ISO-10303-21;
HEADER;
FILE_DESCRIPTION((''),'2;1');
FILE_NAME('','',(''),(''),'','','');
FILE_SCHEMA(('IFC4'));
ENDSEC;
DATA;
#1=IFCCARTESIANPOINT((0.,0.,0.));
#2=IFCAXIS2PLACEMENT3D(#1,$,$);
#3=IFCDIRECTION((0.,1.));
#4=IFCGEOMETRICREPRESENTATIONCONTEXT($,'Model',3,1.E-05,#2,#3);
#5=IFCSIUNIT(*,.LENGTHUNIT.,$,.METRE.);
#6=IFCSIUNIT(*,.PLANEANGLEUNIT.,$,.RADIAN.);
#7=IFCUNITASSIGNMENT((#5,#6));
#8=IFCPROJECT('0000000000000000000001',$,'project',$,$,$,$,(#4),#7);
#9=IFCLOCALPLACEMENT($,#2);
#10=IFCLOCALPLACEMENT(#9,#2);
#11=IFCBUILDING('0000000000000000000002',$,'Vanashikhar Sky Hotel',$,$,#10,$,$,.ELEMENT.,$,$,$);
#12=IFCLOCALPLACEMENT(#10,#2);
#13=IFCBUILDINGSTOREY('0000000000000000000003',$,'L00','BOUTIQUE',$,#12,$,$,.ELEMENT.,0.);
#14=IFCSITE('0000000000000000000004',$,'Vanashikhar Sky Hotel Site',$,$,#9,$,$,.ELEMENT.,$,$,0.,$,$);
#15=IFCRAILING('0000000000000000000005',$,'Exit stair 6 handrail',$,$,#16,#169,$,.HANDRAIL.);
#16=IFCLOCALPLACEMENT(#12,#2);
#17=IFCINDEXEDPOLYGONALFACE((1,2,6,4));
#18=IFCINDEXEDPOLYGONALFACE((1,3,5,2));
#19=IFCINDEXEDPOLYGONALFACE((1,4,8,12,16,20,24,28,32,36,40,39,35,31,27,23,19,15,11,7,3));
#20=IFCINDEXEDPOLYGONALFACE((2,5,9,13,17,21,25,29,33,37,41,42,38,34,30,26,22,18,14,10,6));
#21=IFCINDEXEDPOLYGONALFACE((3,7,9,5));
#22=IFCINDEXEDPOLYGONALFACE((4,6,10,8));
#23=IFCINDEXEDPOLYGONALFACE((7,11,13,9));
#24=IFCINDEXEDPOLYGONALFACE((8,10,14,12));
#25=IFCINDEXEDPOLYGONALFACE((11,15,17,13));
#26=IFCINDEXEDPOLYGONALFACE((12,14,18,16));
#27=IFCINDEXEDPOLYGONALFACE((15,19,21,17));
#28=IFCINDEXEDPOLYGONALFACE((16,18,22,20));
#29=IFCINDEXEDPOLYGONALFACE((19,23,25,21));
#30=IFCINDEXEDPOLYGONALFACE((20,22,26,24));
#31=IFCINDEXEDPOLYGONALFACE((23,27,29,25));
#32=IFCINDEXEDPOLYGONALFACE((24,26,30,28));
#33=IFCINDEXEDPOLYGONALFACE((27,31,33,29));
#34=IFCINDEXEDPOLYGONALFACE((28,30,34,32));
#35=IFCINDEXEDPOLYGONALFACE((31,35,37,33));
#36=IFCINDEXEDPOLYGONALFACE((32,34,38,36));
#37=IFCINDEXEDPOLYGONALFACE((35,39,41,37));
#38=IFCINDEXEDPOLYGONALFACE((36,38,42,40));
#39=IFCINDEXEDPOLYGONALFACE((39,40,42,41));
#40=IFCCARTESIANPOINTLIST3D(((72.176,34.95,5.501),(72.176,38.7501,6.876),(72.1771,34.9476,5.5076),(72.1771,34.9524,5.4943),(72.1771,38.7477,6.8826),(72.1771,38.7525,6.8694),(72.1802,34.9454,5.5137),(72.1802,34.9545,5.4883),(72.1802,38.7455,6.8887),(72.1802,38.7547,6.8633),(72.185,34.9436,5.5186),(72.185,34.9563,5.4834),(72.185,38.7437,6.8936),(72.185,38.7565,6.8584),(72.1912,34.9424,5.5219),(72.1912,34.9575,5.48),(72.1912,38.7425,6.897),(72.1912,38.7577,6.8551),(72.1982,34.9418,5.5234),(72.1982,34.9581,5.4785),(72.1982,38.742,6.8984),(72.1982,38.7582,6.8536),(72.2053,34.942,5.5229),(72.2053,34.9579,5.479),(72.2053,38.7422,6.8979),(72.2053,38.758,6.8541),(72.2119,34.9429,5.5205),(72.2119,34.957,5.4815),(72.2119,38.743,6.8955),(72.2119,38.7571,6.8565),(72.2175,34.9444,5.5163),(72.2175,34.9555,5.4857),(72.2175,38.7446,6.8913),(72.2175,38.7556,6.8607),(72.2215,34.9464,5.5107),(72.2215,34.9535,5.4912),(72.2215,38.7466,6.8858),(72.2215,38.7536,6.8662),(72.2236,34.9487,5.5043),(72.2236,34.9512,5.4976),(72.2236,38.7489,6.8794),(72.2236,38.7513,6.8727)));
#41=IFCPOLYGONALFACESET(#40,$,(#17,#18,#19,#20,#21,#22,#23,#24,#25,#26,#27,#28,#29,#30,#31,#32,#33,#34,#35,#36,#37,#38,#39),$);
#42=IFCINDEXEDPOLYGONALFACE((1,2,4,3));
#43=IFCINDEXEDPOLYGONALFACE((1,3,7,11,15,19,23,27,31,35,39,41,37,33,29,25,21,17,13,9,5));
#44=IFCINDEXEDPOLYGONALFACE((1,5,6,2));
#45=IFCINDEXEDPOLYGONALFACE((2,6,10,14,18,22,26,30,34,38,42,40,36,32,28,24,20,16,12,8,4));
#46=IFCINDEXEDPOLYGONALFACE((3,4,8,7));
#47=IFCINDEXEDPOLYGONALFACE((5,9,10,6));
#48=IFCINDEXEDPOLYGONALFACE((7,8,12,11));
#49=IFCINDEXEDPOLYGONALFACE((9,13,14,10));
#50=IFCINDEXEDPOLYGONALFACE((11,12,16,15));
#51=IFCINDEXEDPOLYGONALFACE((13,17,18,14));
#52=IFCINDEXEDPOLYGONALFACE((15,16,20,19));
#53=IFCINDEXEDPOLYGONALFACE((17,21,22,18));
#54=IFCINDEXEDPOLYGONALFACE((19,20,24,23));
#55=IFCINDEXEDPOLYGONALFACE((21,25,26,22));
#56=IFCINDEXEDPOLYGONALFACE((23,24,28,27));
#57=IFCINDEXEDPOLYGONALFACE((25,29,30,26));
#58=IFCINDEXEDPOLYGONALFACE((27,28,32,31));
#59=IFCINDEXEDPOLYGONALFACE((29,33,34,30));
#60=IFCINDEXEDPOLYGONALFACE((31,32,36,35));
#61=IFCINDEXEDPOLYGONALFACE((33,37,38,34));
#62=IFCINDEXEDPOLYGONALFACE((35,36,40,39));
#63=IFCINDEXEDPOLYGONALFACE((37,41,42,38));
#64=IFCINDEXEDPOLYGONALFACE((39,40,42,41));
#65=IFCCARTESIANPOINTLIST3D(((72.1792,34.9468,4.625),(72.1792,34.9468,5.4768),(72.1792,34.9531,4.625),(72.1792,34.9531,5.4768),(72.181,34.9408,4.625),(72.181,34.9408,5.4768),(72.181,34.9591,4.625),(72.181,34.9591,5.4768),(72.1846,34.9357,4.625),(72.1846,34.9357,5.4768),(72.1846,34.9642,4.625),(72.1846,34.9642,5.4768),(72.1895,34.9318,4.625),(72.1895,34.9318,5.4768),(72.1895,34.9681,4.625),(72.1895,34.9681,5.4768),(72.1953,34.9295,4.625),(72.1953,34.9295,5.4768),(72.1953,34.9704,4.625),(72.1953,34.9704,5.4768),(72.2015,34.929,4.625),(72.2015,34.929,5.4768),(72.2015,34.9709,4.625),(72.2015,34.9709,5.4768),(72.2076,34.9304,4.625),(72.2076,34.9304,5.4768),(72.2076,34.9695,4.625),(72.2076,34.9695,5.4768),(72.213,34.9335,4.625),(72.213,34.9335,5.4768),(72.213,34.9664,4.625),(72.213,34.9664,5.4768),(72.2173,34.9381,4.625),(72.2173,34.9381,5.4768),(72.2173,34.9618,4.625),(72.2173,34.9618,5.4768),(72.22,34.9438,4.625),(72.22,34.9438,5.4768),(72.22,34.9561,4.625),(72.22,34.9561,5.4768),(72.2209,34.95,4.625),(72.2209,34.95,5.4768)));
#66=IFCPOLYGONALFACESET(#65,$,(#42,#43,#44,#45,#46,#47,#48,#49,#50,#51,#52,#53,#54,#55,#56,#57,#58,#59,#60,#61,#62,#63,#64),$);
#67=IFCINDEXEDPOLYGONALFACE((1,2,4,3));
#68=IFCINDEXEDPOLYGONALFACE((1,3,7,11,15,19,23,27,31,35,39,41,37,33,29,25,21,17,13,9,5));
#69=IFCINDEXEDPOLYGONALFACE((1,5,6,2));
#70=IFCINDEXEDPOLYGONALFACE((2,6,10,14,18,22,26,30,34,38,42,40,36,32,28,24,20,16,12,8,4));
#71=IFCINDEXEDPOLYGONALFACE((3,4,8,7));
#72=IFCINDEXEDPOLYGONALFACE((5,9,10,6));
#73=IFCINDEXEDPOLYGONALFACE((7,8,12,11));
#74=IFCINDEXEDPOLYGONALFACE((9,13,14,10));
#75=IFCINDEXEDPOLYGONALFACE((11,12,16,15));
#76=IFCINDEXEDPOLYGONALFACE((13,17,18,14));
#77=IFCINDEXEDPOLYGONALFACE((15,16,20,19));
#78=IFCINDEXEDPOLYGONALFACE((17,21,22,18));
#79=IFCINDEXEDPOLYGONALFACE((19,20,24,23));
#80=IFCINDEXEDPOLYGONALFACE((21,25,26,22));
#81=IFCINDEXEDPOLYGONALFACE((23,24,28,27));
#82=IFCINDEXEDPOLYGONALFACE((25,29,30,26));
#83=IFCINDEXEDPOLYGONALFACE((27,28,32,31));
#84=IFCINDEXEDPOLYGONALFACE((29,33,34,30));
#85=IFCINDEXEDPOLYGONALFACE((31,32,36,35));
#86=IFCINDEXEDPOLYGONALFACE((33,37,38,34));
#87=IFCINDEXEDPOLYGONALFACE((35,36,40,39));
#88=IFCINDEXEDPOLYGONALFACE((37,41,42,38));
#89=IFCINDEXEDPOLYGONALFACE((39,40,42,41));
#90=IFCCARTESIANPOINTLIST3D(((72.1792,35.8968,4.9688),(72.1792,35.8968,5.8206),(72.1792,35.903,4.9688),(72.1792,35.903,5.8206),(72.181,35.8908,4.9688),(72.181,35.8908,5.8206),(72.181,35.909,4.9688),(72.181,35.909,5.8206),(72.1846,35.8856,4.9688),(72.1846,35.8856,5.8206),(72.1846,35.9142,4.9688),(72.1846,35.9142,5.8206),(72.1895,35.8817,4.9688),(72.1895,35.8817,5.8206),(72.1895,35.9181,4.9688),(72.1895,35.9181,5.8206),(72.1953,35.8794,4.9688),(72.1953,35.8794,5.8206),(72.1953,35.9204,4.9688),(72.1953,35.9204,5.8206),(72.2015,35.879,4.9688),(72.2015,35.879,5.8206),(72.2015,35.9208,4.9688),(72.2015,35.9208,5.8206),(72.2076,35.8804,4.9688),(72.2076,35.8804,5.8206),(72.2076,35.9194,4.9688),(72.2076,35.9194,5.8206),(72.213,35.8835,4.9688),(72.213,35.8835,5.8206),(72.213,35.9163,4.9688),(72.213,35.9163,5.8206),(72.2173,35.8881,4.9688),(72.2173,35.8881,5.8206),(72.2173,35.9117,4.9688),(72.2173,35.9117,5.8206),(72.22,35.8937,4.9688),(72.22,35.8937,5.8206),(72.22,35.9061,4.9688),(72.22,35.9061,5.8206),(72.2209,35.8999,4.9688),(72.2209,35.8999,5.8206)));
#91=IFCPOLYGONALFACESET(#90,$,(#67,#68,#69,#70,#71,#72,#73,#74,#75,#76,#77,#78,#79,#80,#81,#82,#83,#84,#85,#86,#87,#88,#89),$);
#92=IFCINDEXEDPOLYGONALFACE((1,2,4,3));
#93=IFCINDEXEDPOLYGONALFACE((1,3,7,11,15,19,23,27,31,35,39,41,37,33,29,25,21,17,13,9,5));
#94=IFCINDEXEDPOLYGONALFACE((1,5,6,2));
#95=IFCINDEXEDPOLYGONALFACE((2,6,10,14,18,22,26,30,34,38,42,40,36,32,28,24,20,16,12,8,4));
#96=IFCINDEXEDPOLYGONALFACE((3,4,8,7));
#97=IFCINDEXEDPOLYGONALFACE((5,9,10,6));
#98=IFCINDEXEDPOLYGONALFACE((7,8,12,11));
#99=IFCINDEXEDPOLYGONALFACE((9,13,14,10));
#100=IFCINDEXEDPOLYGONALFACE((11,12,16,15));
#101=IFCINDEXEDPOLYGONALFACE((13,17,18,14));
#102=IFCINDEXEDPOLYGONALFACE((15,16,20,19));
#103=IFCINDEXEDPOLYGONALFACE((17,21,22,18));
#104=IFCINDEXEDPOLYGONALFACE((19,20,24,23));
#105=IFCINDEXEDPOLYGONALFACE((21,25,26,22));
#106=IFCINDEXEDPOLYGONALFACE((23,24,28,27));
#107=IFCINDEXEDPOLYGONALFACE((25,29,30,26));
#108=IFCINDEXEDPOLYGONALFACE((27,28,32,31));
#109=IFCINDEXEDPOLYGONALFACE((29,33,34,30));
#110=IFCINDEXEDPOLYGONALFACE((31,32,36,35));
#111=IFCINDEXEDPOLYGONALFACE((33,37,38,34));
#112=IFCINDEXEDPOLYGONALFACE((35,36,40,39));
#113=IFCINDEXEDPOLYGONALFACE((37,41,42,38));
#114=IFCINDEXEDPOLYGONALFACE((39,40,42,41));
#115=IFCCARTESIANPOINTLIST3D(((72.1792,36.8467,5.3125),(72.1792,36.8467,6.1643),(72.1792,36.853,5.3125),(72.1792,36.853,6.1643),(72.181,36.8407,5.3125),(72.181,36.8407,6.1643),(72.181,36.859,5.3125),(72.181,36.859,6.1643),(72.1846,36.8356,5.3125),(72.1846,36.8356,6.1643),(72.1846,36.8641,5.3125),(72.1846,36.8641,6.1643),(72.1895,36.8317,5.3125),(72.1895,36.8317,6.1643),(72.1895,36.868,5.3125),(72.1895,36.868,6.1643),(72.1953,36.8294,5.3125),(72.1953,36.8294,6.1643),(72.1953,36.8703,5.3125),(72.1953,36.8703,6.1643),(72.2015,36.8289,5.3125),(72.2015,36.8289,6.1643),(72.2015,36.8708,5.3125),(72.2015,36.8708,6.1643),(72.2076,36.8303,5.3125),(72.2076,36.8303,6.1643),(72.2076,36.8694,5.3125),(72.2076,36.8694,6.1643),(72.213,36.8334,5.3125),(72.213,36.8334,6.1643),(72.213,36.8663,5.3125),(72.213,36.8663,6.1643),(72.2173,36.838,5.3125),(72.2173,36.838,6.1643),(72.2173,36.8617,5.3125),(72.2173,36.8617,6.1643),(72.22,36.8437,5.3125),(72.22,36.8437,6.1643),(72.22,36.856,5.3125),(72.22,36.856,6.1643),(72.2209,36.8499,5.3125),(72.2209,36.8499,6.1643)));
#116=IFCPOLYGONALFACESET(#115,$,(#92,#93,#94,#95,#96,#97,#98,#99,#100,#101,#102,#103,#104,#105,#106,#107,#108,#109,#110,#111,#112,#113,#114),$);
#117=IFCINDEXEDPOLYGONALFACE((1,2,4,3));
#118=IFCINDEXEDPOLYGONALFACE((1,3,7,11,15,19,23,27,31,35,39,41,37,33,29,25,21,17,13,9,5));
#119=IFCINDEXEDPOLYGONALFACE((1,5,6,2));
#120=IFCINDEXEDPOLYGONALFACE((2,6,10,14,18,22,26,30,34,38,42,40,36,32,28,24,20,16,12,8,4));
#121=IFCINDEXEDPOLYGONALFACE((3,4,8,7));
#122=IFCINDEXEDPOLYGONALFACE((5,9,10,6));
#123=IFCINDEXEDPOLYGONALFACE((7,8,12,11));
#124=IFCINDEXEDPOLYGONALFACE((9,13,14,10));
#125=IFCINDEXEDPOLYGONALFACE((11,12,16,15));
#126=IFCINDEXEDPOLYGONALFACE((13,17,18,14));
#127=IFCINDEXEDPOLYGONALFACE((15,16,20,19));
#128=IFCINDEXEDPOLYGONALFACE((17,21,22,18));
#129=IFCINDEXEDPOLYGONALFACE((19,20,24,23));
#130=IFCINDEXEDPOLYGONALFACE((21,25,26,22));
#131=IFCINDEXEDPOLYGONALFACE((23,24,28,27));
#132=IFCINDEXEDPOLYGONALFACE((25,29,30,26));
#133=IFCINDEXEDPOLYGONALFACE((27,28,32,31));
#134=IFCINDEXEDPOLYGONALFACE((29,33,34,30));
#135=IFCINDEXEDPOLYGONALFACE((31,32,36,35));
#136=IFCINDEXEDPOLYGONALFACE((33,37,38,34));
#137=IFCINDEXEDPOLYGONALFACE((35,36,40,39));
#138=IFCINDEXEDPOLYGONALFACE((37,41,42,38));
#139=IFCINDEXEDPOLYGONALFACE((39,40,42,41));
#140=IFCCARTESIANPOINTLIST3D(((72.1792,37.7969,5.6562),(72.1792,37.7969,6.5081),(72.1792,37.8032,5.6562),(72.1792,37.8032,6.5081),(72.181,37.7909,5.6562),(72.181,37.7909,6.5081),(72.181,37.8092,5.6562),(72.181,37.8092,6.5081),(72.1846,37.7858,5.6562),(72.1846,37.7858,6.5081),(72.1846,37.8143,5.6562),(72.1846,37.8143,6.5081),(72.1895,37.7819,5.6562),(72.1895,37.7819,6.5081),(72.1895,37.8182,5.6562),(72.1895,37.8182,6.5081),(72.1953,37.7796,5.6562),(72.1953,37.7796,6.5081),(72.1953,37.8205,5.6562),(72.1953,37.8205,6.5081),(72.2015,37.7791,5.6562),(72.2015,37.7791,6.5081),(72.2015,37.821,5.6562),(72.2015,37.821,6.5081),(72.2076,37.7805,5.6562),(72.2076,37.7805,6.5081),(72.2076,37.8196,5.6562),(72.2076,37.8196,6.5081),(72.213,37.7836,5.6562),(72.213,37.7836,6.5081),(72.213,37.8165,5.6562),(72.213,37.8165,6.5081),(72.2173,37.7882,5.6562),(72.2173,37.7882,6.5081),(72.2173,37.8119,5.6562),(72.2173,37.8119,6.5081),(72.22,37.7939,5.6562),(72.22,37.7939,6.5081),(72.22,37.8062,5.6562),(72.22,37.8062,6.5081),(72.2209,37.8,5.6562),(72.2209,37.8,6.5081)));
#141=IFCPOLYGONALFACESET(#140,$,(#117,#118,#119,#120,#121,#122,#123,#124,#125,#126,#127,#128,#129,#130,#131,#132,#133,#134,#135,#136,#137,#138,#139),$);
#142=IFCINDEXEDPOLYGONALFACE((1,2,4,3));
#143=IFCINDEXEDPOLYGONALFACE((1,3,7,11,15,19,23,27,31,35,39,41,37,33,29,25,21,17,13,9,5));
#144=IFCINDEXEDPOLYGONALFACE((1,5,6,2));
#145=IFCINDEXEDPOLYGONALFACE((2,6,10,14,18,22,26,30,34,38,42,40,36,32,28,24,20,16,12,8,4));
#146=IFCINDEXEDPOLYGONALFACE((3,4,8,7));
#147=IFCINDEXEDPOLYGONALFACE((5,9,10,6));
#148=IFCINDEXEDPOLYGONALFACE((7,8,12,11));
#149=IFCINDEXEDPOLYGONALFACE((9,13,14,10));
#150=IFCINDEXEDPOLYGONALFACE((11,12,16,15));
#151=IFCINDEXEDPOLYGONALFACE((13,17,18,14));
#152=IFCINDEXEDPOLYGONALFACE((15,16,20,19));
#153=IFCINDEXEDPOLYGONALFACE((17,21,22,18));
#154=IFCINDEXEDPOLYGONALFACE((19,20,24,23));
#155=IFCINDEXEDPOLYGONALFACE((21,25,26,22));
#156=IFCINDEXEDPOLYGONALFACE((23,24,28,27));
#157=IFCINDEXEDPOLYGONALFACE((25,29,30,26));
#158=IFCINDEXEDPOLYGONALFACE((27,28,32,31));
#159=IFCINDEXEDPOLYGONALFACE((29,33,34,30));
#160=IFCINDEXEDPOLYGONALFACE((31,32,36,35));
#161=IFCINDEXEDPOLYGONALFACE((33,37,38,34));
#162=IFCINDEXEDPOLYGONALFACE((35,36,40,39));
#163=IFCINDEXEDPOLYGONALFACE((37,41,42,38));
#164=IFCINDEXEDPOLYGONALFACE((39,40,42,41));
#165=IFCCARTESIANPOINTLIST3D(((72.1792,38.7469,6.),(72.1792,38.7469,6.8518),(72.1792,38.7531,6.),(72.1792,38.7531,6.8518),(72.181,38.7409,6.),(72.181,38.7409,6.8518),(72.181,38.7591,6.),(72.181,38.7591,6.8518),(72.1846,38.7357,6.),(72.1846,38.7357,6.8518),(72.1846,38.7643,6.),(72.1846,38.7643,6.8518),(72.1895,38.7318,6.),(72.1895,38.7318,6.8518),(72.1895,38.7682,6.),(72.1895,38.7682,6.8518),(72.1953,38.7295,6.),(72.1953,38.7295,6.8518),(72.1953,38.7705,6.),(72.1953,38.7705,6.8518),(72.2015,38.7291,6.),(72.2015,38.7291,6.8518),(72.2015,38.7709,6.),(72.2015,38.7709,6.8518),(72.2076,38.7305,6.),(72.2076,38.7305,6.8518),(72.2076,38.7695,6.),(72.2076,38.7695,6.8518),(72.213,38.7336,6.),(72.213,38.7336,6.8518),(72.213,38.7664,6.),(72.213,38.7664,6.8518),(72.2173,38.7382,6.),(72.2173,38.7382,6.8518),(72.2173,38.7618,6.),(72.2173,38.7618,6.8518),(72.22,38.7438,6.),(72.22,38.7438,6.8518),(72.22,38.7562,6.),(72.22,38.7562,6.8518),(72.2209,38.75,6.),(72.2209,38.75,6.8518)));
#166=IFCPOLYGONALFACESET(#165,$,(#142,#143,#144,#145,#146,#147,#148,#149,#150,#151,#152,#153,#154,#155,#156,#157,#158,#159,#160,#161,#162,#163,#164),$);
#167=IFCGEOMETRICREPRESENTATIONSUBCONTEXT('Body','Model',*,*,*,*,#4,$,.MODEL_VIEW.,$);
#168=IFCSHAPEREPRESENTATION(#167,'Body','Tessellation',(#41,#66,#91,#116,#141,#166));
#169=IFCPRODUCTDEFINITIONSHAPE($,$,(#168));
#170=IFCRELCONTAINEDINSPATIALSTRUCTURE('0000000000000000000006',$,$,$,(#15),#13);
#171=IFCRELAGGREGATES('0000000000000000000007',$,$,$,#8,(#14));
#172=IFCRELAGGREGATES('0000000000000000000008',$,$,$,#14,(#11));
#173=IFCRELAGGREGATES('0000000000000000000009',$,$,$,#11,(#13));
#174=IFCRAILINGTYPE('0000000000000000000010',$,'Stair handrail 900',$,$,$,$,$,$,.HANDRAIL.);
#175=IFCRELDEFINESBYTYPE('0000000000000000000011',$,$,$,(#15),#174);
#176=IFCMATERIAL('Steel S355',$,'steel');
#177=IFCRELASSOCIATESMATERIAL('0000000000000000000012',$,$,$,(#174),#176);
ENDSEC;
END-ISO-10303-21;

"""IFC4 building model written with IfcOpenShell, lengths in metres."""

from ifc_helpers import new_model, si_unit, direction, frame, origin, origin_2d, place, context, subcontext, project, spatial, circle, extrude, source, transform, mapped, material, type_object, element, save


model = new_model("IFC4")

# Units and contexts
model_context = context("Model", 3, precision=1e-05, world=origin(), true_north=direction((0.0, 1.0)))
body_context = subcontext(model_context, "Body", "Model", "MODEL_VIEW")
ifc_project = project(units=[si_unit("LENGTHUNIT", "METRE"), si_unit("PLANEANGLEUNIT", "RADIAN")], contexts=[model_context])

# Site, building, storey
site_placement = place(None, origin())
site = spatial("IfcSite", under=ifc_project, at=site_placement, Name="Vanashikhar Sky Hotel Site", CompositionType="ELEMENT", RefElevation=0.0)
building_placement = place(site_placement, origin())
building = spatial("IfcBuilding", under=site, at=building_placement, Name="Vanashikhar Sky Hotel", CompositionType="ELEMENT")
storey_placement = place(building_placement, origin())
storey = spatial("IfcBuildingStorey", under=building, at=storey_placement, Name="L00", Description="BOUTIQUE", CompositionType="ELEMENT", Elevation=0.0)

# Railing
ifc_material_1 = material(Name="Steel S355", Category="steel")
railing_type_1 = type_object("IfcRailingType", Name="Stair handrail 900", PredefinedType="HANDRAIL", material=ifc_material_1)
shared_shape_1 = source(origin(), body_context, "Body", "SweptSolid", [
    extrude(circle(Radius=0.0239, at=origin_2d()), frame((0.0, 0.0, 0.876), z_axis=(0.0, 0.940336, 0.340249), x_axis=(-1.0, 0.0, 0.0)), (0.0, 0.0, 1.0), 4.0413),
    extrude(circle(Radius=0.021, at=origin_2d()), origin(), (0.0, 0.0, 1.0), 0.8518),
    extrude(circle(Radius=0.021, at=origin_2d()), frame((0.0, 0.95, 0.3438)), (0.0, 0.0, 1.0), 0.8518),
    extrude(circle(Radius=0.021, at=origin_2d()), frame((0.0, 1.8999, 0.6875)), (0.0, 0.0, 1.0), 0.8518),
    extrude(circle(Radius=0.021, at=origin_2d()), frame((0.0, 2.8501, 1.0312)), (0.0, 0.0, 1.0), 0.8518),
    extrude(circle(Radius=0.021, at=origin_2d()), frame((0.0, 3.8, 1.375)), (0.0, 0.0, 1.0), 0.8518),
])
for number, where, name in (
    (1, (72.2, 34.95, 4.625), "Exit stair 6 handrail"),
):
    element("IfcRailing", number, at=place(storey_placement, frame(where)), inside=storey, type_object=railing_type_1, Name=name, PredefinedType="HANDRAIL", context=body_context, shape_type="MappedRepresentation", body=[
        mapped(shared_shape_1, transform((0.0, 0.0, 0.0), scale=1.0)),
    ])

save(model, "model.ifc")
